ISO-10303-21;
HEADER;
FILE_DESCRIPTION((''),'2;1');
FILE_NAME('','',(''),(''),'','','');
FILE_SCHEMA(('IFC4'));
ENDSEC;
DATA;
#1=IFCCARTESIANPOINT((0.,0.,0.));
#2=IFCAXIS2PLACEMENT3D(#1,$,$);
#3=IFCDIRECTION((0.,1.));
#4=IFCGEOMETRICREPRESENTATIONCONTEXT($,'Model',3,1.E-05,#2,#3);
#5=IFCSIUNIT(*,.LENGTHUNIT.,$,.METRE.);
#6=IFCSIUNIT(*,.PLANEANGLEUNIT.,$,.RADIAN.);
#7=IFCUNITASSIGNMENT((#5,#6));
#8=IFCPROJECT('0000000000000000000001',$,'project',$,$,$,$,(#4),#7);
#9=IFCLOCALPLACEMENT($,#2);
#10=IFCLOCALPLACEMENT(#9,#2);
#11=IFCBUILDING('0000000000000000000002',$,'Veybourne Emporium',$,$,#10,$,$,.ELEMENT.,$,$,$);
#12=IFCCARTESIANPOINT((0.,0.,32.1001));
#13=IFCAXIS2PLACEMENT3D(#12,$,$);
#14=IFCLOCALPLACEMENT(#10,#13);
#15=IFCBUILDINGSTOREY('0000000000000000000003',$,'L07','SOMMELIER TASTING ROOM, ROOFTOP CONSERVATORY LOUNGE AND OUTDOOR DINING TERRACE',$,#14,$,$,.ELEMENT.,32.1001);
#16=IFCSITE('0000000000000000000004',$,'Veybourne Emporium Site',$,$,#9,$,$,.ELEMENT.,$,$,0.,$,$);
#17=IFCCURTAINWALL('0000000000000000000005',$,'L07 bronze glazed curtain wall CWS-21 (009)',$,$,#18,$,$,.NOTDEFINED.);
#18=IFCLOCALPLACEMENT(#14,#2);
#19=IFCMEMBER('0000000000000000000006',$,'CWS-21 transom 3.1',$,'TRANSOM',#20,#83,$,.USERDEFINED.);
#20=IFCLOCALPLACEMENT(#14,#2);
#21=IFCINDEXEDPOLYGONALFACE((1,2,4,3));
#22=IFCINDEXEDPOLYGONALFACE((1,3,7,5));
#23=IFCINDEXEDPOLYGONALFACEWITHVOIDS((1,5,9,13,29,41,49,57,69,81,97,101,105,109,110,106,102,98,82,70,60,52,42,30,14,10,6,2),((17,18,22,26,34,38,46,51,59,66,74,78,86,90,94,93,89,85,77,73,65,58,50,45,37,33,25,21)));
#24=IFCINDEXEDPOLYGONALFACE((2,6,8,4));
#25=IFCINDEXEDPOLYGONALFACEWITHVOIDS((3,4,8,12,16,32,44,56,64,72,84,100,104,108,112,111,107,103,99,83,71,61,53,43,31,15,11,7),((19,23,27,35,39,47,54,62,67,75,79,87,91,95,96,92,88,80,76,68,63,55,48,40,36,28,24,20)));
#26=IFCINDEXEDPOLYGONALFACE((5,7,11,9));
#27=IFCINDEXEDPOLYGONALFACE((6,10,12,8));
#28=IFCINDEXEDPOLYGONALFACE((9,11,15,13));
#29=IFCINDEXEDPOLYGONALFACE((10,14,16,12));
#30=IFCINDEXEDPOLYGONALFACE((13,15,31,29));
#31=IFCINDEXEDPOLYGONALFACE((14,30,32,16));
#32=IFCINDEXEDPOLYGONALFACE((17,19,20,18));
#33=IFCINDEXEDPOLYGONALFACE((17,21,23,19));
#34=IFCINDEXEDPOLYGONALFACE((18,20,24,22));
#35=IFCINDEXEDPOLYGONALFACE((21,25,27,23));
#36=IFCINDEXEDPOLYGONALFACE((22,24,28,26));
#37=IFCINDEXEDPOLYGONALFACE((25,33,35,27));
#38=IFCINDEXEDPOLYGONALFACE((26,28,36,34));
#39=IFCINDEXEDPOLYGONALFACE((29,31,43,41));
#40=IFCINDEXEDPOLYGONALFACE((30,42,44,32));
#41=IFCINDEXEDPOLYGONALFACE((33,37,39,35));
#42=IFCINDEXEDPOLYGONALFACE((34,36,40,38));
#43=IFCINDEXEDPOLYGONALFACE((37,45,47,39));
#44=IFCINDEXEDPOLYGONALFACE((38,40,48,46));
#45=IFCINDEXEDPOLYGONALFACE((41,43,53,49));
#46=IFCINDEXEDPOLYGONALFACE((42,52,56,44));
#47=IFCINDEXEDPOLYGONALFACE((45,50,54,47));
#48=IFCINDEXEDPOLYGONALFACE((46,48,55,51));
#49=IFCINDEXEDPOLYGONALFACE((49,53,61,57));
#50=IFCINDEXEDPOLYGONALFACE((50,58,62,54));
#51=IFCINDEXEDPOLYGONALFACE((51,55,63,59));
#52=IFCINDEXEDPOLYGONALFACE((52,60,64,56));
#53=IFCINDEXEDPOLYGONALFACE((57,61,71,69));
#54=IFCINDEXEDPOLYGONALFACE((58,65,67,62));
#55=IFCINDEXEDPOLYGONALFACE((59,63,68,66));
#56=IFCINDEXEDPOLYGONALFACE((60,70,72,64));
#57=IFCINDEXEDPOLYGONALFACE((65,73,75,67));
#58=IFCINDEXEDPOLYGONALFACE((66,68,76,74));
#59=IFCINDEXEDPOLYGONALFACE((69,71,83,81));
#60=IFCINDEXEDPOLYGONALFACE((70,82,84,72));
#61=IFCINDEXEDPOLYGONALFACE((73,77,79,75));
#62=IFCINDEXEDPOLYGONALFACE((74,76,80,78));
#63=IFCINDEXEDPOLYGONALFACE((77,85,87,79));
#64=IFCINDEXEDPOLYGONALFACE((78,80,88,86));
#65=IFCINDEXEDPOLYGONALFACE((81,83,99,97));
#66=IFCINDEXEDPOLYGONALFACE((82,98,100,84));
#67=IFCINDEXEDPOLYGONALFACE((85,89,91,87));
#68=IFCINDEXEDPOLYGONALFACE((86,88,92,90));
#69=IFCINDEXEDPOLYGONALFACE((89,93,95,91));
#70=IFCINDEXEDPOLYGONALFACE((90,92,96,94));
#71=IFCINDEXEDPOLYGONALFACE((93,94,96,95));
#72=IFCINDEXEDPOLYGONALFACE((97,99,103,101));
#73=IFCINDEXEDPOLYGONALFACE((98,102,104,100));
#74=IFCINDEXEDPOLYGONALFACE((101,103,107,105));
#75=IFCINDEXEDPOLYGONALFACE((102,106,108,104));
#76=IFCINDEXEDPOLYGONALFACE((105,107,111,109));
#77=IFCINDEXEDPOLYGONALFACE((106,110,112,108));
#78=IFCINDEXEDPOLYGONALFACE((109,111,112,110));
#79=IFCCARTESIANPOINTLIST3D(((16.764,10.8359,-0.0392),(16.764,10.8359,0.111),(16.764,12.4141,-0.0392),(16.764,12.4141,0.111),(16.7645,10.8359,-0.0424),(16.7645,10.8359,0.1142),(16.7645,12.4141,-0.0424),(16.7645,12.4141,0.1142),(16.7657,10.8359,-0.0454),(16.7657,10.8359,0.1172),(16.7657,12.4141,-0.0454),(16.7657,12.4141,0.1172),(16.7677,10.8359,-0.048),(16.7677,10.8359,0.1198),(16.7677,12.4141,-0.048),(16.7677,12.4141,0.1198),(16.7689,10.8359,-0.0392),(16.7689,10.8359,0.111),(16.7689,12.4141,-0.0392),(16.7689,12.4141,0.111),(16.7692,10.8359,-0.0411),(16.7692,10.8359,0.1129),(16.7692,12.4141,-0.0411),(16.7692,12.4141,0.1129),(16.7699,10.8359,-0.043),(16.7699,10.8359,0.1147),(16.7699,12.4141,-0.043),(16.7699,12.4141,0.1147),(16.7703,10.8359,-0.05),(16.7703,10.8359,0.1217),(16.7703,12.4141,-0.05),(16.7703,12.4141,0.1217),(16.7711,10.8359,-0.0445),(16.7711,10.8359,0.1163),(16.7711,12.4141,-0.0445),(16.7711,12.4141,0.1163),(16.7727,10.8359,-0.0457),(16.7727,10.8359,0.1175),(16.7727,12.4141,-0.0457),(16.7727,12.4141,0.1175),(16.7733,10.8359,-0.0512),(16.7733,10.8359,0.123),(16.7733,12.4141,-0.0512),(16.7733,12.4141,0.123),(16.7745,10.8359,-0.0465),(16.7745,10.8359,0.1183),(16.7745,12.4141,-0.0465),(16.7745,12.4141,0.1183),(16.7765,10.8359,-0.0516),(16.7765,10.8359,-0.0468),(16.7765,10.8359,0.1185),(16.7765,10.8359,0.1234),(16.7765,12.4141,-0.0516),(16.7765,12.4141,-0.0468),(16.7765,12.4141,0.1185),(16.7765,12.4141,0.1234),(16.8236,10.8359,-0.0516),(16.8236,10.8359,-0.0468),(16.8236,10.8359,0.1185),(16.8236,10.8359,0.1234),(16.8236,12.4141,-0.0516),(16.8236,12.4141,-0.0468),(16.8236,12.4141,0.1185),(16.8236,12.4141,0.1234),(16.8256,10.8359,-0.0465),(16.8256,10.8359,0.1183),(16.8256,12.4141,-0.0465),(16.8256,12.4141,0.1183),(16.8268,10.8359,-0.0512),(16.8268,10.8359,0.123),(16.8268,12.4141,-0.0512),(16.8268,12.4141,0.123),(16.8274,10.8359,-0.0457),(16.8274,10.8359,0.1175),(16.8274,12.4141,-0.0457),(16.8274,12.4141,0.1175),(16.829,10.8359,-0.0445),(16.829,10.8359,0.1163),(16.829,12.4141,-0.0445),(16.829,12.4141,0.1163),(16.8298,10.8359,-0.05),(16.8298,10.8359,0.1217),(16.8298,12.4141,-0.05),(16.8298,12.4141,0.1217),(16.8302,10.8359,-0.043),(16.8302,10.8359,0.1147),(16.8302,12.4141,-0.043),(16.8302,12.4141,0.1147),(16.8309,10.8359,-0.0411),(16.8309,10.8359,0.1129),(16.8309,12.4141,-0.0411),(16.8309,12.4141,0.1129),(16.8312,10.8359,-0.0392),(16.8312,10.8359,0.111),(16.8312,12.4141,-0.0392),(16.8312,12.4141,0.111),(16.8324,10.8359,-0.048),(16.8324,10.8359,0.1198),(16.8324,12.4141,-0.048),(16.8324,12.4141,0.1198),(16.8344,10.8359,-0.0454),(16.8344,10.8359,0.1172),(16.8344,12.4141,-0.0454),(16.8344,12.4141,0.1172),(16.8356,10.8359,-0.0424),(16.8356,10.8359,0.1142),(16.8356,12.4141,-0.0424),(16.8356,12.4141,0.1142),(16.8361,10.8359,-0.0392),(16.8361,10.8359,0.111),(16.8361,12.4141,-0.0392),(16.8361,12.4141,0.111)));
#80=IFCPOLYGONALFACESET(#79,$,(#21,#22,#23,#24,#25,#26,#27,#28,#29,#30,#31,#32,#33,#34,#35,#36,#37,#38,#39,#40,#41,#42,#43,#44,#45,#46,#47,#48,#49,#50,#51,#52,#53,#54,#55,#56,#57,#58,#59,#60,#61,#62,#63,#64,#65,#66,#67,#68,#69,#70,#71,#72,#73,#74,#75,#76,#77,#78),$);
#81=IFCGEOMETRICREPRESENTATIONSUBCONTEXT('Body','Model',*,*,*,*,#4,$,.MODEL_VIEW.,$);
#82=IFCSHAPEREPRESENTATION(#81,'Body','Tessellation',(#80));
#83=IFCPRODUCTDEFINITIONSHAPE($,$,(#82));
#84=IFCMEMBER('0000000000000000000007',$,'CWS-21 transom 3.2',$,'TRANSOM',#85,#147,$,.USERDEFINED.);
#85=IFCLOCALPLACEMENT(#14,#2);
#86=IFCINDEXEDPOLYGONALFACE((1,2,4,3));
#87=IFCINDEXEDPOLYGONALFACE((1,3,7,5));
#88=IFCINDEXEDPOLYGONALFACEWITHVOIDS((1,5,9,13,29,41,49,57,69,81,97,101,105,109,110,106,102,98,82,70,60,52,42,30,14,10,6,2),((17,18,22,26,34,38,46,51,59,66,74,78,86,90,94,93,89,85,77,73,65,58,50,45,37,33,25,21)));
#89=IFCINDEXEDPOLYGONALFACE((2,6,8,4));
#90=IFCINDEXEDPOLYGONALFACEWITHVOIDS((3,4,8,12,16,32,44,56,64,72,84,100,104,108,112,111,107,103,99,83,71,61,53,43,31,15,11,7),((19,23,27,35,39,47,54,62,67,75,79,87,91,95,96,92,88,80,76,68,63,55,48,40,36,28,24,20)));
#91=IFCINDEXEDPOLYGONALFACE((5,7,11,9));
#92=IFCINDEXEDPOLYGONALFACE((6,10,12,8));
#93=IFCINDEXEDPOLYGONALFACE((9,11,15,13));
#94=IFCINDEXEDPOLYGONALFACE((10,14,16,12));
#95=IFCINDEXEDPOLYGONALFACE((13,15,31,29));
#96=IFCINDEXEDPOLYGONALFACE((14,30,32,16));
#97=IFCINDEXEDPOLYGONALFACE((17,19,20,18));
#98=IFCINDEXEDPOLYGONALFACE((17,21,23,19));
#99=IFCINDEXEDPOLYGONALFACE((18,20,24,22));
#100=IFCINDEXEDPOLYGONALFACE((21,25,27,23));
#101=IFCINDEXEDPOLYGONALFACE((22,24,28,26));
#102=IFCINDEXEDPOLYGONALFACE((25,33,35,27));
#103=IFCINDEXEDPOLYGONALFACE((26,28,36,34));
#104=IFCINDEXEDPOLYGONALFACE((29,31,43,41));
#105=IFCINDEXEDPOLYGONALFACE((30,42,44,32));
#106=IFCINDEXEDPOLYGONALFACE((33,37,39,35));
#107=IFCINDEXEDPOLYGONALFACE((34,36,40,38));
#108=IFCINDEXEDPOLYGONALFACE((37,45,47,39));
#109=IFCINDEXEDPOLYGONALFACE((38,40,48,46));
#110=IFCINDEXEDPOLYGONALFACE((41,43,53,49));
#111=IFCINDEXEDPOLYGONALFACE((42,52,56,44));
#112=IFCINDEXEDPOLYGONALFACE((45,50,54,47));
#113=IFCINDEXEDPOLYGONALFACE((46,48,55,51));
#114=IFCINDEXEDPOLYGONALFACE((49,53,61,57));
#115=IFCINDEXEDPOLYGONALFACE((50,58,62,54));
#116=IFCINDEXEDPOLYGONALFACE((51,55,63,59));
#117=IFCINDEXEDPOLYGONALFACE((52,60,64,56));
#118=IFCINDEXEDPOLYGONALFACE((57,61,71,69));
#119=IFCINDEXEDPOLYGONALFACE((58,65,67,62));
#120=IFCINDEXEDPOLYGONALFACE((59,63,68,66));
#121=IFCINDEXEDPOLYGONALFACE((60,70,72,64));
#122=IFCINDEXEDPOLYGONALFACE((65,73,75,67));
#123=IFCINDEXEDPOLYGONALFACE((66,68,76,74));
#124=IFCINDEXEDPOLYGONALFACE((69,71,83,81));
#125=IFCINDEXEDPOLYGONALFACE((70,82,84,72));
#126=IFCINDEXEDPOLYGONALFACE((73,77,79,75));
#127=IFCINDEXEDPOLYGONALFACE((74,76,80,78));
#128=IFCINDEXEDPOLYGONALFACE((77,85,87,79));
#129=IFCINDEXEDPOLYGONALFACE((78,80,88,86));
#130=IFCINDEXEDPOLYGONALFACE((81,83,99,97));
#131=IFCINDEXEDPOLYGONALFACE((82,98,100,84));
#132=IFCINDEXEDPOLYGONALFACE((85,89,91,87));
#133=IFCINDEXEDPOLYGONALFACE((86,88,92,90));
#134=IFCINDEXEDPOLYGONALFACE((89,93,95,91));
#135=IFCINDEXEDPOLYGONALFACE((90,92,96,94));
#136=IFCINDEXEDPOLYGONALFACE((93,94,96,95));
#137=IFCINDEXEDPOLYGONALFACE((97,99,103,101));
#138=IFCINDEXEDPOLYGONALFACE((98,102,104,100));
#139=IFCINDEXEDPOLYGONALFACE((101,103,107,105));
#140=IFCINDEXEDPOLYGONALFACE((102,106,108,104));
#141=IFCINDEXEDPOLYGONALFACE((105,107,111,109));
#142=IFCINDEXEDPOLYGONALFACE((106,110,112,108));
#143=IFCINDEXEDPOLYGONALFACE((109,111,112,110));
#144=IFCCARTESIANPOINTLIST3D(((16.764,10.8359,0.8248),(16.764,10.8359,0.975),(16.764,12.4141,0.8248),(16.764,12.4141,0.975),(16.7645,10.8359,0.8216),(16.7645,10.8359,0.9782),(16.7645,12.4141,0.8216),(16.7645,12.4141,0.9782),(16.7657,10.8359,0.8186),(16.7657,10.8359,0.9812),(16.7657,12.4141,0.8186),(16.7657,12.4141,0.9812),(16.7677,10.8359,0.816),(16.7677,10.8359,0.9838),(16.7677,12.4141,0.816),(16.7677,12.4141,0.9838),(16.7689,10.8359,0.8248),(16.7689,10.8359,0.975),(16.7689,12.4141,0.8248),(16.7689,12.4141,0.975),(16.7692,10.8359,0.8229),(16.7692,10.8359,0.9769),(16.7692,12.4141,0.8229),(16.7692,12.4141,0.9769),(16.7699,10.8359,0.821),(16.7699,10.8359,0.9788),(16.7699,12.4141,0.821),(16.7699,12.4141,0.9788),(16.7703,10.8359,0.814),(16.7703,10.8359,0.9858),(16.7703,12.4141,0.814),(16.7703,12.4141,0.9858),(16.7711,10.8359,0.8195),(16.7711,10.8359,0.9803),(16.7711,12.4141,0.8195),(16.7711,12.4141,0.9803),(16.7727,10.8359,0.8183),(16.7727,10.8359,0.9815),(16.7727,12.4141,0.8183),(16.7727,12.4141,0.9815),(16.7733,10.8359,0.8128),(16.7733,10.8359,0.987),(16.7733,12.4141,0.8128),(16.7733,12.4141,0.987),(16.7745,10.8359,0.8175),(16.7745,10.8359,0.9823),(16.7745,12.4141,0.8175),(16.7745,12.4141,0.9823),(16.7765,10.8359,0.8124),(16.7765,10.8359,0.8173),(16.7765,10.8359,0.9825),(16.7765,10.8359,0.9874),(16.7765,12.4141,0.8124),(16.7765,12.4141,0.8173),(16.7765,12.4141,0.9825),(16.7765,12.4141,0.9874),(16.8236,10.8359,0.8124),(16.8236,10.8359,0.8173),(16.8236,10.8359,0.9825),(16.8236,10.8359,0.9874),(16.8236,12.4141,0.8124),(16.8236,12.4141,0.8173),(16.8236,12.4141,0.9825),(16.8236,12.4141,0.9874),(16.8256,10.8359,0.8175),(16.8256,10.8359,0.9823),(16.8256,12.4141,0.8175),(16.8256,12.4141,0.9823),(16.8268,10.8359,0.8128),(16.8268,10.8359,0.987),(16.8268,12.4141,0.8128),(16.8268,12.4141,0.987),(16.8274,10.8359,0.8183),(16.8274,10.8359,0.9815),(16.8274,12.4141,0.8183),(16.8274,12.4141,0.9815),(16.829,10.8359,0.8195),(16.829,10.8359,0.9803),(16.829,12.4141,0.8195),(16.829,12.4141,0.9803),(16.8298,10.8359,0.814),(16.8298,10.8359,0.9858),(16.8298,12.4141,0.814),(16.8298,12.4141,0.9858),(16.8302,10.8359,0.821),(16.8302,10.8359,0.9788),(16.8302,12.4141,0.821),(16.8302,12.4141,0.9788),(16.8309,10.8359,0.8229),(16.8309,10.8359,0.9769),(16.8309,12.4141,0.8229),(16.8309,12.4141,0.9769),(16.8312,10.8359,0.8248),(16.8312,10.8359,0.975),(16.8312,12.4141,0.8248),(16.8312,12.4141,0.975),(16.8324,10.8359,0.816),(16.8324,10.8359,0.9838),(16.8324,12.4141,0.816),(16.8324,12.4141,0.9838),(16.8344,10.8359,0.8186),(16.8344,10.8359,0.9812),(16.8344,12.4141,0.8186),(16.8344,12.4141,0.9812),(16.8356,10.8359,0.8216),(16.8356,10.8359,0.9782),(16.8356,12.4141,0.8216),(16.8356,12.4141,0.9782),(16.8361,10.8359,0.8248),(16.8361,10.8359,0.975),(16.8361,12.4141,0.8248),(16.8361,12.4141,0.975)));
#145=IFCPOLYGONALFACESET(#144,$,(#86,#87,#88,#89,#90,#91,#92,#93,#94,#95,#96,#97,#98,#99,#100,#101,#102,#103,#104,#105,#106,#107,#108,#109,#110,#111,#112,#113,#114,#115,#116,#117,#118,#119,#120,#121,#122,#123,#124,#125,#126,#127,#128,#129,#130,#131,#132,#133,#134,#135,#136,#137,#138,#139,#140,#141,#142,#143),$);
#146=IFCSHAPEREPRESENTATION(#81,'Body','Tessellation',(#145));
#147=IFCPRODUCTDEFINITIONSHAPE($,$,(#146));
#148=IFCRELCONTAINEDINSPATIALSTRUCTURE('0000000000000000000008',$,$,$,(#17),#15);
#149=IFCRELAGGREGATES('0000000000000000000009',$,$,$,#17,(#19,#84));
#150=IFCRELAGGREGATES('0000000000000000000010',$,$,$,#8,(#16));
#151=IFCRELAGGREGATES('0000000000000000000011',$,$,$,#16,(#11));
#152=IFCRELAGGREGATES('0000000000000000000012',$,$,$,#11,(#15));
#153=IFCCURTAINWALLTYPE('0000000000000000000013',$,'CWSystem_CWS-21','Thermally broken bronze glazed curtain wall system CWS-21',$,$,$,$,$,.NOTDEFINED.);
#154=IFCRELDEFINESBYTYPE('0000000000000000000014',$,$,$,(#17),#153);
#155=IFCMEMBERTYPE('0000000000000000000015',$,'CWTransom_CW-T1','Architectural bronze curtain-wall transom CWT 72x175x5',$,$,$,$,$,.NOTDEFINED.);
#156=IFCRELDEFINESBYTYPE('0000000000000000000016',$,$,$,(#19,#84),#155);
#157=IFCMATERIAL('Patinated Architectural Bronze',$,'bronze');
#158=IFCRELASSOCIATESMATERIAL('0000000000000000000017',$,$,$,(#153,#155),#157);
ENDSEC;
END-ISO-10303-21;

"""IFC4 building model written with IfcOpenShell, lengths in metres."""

from ifc_helpers import new_model, si_unit, direction, frame, origin, origin_2d, place, context, subcontext, project, spatial, hollow_rectangle, extrude, material, material_profile, profile_set, type_object, element, aggregate, save


model = new_model("IFC4")

# Units and contexts
model_context = context("Model", 3, precision=1e-05, world=origin(), true_north=direction((0.0, 1.0)))
body_context = subcontext(model_context, "Body", "Model", "MODEL_VIEW")
ifc_project = project(units=[si_unit("LENGTHUNIT", "METRE"), si_unit("PLANEANGLEUNIT", "RADIAN")], contexts=[model_context])

# Site, building, storey
site_placement = place(None, origin())
site = spatial("IfcSite", under=ifc_project, at=site_placement, Name="Veybourne Emporium Site", CompositionType="ELEMENT", RefElevation=0.0)
building_placement = place(site_placement, origin())
building = spatial("IfcBuilding", under=site, at=building_placement, Name="Veybourne Emporium", CompositionType="ELEMENT")
storey_placement = place(building_placement, frame((0.0, 0.0, 32.1001)))
storey = spatial("IfcBuildingStorey", under=building, at=storey_placement, Name="L07", Description="SOMMELIER TASTING ROOM, ROOFTOP CONSERVATORY LOUNGE AND OUTDOOR DINING TERRACE", CompositionType="ELEMENT", Elevation=32.1001)

# Curtain wall
ifc_material_1 = material(Name="Patinated Architectural Bronze", Category="bronze")
curtain_wall_type_1 = type_object("IfcCurtainWallType", Name="CWSystem_CWS-21", Description="Thermally broken bronze glazed curtain wall system CWS-21", PredefinedType="NOTDEFINED", material=ifc_material_1)
curtain_wall_1_placement = place(storey_placement, origin())
curtain_wall_1 = element("IfcCurtainWall", 1, at=curtain_wall_1_placement, inside=storey, type_object=curtain_wall_type_1, Name="L07 bronze glazed curtain wall CWS-21 (009)", PredefinedType="NOTDEFINED")

# Members
ifc_material_profile_1 = material_profile(ifc_material_1, hollow_rectangle(XDim=0.072, YDim=0.175, WallThickness=0.0049, InnerFilletRadius=0.0076, OuterFilletRadius=0.0125, at=origin_2d()), Name="CWT 72x175x5")
ifc_profile_set_1 = profile_set([ifc_material_profile_1], Name="Patinated Architectural Bronze")
member_type_1 = type_object("IfcMemberType", Name="CWTransom_CW-T1", Description="Architectural bronze curtain-wall transom CWT 72x175x5", PredefinedType="NOTDEFINED", material=ifc_profile_set_1)
member_1_placement = place(storey_placement, frame((16.8, 10.8359, 0.0359), z_axis=(0.0, 1.0, 0.0), x_axis=(-1.0, 0.0, 0.0)))
member_1 = element("IfcMember", 2, at=member_1_placement, type_object=member_type_1, Name="CWS-21 transom 3.1", ObjectType="TRANSOM", PredefinedType="USERDEFINED", context=body_context, shape_type="SweptSolid", body=[
    extrude(hollow_rectangle(XDim=0.072, YDim=0.175, WallThickness=0.0049, InnerFilletRadius=0.0076, OuterFilletRadius=0.0125, at=origin_2d()), origin(), (0.0, 0.0, 1.0), 1.5781),
])
member_2_placement = place(storey_placement, frame((16.8, 10.8359, 0.8999), z_axis=(0.0, 1.0, 0.0), x_axis=(-1.0, 0.0, 0.0)))
member_2 = element("IfcMember", 3, at=member_2_placement, type_object=member_type_1, Name="CWS-21 transom 3.2", ObjectType="TRANSOM", PredefinedType="USERDEFINED", context=body_context, shape_type="SweptSolid", body=[
    extrude(hollow_rectangle(XDim=0.072, YDim=0.175, WallThickness=0.0049, InnerFilletRadius=0.0076, OuterFilletRadius=0.0125, at=origin_2d()), origin(), (0.0, 0.0, 1.0), 1.5781),
])

aggregate(curtain_wall_1, [member_1, member_2])

save(model, "model.ifc")
